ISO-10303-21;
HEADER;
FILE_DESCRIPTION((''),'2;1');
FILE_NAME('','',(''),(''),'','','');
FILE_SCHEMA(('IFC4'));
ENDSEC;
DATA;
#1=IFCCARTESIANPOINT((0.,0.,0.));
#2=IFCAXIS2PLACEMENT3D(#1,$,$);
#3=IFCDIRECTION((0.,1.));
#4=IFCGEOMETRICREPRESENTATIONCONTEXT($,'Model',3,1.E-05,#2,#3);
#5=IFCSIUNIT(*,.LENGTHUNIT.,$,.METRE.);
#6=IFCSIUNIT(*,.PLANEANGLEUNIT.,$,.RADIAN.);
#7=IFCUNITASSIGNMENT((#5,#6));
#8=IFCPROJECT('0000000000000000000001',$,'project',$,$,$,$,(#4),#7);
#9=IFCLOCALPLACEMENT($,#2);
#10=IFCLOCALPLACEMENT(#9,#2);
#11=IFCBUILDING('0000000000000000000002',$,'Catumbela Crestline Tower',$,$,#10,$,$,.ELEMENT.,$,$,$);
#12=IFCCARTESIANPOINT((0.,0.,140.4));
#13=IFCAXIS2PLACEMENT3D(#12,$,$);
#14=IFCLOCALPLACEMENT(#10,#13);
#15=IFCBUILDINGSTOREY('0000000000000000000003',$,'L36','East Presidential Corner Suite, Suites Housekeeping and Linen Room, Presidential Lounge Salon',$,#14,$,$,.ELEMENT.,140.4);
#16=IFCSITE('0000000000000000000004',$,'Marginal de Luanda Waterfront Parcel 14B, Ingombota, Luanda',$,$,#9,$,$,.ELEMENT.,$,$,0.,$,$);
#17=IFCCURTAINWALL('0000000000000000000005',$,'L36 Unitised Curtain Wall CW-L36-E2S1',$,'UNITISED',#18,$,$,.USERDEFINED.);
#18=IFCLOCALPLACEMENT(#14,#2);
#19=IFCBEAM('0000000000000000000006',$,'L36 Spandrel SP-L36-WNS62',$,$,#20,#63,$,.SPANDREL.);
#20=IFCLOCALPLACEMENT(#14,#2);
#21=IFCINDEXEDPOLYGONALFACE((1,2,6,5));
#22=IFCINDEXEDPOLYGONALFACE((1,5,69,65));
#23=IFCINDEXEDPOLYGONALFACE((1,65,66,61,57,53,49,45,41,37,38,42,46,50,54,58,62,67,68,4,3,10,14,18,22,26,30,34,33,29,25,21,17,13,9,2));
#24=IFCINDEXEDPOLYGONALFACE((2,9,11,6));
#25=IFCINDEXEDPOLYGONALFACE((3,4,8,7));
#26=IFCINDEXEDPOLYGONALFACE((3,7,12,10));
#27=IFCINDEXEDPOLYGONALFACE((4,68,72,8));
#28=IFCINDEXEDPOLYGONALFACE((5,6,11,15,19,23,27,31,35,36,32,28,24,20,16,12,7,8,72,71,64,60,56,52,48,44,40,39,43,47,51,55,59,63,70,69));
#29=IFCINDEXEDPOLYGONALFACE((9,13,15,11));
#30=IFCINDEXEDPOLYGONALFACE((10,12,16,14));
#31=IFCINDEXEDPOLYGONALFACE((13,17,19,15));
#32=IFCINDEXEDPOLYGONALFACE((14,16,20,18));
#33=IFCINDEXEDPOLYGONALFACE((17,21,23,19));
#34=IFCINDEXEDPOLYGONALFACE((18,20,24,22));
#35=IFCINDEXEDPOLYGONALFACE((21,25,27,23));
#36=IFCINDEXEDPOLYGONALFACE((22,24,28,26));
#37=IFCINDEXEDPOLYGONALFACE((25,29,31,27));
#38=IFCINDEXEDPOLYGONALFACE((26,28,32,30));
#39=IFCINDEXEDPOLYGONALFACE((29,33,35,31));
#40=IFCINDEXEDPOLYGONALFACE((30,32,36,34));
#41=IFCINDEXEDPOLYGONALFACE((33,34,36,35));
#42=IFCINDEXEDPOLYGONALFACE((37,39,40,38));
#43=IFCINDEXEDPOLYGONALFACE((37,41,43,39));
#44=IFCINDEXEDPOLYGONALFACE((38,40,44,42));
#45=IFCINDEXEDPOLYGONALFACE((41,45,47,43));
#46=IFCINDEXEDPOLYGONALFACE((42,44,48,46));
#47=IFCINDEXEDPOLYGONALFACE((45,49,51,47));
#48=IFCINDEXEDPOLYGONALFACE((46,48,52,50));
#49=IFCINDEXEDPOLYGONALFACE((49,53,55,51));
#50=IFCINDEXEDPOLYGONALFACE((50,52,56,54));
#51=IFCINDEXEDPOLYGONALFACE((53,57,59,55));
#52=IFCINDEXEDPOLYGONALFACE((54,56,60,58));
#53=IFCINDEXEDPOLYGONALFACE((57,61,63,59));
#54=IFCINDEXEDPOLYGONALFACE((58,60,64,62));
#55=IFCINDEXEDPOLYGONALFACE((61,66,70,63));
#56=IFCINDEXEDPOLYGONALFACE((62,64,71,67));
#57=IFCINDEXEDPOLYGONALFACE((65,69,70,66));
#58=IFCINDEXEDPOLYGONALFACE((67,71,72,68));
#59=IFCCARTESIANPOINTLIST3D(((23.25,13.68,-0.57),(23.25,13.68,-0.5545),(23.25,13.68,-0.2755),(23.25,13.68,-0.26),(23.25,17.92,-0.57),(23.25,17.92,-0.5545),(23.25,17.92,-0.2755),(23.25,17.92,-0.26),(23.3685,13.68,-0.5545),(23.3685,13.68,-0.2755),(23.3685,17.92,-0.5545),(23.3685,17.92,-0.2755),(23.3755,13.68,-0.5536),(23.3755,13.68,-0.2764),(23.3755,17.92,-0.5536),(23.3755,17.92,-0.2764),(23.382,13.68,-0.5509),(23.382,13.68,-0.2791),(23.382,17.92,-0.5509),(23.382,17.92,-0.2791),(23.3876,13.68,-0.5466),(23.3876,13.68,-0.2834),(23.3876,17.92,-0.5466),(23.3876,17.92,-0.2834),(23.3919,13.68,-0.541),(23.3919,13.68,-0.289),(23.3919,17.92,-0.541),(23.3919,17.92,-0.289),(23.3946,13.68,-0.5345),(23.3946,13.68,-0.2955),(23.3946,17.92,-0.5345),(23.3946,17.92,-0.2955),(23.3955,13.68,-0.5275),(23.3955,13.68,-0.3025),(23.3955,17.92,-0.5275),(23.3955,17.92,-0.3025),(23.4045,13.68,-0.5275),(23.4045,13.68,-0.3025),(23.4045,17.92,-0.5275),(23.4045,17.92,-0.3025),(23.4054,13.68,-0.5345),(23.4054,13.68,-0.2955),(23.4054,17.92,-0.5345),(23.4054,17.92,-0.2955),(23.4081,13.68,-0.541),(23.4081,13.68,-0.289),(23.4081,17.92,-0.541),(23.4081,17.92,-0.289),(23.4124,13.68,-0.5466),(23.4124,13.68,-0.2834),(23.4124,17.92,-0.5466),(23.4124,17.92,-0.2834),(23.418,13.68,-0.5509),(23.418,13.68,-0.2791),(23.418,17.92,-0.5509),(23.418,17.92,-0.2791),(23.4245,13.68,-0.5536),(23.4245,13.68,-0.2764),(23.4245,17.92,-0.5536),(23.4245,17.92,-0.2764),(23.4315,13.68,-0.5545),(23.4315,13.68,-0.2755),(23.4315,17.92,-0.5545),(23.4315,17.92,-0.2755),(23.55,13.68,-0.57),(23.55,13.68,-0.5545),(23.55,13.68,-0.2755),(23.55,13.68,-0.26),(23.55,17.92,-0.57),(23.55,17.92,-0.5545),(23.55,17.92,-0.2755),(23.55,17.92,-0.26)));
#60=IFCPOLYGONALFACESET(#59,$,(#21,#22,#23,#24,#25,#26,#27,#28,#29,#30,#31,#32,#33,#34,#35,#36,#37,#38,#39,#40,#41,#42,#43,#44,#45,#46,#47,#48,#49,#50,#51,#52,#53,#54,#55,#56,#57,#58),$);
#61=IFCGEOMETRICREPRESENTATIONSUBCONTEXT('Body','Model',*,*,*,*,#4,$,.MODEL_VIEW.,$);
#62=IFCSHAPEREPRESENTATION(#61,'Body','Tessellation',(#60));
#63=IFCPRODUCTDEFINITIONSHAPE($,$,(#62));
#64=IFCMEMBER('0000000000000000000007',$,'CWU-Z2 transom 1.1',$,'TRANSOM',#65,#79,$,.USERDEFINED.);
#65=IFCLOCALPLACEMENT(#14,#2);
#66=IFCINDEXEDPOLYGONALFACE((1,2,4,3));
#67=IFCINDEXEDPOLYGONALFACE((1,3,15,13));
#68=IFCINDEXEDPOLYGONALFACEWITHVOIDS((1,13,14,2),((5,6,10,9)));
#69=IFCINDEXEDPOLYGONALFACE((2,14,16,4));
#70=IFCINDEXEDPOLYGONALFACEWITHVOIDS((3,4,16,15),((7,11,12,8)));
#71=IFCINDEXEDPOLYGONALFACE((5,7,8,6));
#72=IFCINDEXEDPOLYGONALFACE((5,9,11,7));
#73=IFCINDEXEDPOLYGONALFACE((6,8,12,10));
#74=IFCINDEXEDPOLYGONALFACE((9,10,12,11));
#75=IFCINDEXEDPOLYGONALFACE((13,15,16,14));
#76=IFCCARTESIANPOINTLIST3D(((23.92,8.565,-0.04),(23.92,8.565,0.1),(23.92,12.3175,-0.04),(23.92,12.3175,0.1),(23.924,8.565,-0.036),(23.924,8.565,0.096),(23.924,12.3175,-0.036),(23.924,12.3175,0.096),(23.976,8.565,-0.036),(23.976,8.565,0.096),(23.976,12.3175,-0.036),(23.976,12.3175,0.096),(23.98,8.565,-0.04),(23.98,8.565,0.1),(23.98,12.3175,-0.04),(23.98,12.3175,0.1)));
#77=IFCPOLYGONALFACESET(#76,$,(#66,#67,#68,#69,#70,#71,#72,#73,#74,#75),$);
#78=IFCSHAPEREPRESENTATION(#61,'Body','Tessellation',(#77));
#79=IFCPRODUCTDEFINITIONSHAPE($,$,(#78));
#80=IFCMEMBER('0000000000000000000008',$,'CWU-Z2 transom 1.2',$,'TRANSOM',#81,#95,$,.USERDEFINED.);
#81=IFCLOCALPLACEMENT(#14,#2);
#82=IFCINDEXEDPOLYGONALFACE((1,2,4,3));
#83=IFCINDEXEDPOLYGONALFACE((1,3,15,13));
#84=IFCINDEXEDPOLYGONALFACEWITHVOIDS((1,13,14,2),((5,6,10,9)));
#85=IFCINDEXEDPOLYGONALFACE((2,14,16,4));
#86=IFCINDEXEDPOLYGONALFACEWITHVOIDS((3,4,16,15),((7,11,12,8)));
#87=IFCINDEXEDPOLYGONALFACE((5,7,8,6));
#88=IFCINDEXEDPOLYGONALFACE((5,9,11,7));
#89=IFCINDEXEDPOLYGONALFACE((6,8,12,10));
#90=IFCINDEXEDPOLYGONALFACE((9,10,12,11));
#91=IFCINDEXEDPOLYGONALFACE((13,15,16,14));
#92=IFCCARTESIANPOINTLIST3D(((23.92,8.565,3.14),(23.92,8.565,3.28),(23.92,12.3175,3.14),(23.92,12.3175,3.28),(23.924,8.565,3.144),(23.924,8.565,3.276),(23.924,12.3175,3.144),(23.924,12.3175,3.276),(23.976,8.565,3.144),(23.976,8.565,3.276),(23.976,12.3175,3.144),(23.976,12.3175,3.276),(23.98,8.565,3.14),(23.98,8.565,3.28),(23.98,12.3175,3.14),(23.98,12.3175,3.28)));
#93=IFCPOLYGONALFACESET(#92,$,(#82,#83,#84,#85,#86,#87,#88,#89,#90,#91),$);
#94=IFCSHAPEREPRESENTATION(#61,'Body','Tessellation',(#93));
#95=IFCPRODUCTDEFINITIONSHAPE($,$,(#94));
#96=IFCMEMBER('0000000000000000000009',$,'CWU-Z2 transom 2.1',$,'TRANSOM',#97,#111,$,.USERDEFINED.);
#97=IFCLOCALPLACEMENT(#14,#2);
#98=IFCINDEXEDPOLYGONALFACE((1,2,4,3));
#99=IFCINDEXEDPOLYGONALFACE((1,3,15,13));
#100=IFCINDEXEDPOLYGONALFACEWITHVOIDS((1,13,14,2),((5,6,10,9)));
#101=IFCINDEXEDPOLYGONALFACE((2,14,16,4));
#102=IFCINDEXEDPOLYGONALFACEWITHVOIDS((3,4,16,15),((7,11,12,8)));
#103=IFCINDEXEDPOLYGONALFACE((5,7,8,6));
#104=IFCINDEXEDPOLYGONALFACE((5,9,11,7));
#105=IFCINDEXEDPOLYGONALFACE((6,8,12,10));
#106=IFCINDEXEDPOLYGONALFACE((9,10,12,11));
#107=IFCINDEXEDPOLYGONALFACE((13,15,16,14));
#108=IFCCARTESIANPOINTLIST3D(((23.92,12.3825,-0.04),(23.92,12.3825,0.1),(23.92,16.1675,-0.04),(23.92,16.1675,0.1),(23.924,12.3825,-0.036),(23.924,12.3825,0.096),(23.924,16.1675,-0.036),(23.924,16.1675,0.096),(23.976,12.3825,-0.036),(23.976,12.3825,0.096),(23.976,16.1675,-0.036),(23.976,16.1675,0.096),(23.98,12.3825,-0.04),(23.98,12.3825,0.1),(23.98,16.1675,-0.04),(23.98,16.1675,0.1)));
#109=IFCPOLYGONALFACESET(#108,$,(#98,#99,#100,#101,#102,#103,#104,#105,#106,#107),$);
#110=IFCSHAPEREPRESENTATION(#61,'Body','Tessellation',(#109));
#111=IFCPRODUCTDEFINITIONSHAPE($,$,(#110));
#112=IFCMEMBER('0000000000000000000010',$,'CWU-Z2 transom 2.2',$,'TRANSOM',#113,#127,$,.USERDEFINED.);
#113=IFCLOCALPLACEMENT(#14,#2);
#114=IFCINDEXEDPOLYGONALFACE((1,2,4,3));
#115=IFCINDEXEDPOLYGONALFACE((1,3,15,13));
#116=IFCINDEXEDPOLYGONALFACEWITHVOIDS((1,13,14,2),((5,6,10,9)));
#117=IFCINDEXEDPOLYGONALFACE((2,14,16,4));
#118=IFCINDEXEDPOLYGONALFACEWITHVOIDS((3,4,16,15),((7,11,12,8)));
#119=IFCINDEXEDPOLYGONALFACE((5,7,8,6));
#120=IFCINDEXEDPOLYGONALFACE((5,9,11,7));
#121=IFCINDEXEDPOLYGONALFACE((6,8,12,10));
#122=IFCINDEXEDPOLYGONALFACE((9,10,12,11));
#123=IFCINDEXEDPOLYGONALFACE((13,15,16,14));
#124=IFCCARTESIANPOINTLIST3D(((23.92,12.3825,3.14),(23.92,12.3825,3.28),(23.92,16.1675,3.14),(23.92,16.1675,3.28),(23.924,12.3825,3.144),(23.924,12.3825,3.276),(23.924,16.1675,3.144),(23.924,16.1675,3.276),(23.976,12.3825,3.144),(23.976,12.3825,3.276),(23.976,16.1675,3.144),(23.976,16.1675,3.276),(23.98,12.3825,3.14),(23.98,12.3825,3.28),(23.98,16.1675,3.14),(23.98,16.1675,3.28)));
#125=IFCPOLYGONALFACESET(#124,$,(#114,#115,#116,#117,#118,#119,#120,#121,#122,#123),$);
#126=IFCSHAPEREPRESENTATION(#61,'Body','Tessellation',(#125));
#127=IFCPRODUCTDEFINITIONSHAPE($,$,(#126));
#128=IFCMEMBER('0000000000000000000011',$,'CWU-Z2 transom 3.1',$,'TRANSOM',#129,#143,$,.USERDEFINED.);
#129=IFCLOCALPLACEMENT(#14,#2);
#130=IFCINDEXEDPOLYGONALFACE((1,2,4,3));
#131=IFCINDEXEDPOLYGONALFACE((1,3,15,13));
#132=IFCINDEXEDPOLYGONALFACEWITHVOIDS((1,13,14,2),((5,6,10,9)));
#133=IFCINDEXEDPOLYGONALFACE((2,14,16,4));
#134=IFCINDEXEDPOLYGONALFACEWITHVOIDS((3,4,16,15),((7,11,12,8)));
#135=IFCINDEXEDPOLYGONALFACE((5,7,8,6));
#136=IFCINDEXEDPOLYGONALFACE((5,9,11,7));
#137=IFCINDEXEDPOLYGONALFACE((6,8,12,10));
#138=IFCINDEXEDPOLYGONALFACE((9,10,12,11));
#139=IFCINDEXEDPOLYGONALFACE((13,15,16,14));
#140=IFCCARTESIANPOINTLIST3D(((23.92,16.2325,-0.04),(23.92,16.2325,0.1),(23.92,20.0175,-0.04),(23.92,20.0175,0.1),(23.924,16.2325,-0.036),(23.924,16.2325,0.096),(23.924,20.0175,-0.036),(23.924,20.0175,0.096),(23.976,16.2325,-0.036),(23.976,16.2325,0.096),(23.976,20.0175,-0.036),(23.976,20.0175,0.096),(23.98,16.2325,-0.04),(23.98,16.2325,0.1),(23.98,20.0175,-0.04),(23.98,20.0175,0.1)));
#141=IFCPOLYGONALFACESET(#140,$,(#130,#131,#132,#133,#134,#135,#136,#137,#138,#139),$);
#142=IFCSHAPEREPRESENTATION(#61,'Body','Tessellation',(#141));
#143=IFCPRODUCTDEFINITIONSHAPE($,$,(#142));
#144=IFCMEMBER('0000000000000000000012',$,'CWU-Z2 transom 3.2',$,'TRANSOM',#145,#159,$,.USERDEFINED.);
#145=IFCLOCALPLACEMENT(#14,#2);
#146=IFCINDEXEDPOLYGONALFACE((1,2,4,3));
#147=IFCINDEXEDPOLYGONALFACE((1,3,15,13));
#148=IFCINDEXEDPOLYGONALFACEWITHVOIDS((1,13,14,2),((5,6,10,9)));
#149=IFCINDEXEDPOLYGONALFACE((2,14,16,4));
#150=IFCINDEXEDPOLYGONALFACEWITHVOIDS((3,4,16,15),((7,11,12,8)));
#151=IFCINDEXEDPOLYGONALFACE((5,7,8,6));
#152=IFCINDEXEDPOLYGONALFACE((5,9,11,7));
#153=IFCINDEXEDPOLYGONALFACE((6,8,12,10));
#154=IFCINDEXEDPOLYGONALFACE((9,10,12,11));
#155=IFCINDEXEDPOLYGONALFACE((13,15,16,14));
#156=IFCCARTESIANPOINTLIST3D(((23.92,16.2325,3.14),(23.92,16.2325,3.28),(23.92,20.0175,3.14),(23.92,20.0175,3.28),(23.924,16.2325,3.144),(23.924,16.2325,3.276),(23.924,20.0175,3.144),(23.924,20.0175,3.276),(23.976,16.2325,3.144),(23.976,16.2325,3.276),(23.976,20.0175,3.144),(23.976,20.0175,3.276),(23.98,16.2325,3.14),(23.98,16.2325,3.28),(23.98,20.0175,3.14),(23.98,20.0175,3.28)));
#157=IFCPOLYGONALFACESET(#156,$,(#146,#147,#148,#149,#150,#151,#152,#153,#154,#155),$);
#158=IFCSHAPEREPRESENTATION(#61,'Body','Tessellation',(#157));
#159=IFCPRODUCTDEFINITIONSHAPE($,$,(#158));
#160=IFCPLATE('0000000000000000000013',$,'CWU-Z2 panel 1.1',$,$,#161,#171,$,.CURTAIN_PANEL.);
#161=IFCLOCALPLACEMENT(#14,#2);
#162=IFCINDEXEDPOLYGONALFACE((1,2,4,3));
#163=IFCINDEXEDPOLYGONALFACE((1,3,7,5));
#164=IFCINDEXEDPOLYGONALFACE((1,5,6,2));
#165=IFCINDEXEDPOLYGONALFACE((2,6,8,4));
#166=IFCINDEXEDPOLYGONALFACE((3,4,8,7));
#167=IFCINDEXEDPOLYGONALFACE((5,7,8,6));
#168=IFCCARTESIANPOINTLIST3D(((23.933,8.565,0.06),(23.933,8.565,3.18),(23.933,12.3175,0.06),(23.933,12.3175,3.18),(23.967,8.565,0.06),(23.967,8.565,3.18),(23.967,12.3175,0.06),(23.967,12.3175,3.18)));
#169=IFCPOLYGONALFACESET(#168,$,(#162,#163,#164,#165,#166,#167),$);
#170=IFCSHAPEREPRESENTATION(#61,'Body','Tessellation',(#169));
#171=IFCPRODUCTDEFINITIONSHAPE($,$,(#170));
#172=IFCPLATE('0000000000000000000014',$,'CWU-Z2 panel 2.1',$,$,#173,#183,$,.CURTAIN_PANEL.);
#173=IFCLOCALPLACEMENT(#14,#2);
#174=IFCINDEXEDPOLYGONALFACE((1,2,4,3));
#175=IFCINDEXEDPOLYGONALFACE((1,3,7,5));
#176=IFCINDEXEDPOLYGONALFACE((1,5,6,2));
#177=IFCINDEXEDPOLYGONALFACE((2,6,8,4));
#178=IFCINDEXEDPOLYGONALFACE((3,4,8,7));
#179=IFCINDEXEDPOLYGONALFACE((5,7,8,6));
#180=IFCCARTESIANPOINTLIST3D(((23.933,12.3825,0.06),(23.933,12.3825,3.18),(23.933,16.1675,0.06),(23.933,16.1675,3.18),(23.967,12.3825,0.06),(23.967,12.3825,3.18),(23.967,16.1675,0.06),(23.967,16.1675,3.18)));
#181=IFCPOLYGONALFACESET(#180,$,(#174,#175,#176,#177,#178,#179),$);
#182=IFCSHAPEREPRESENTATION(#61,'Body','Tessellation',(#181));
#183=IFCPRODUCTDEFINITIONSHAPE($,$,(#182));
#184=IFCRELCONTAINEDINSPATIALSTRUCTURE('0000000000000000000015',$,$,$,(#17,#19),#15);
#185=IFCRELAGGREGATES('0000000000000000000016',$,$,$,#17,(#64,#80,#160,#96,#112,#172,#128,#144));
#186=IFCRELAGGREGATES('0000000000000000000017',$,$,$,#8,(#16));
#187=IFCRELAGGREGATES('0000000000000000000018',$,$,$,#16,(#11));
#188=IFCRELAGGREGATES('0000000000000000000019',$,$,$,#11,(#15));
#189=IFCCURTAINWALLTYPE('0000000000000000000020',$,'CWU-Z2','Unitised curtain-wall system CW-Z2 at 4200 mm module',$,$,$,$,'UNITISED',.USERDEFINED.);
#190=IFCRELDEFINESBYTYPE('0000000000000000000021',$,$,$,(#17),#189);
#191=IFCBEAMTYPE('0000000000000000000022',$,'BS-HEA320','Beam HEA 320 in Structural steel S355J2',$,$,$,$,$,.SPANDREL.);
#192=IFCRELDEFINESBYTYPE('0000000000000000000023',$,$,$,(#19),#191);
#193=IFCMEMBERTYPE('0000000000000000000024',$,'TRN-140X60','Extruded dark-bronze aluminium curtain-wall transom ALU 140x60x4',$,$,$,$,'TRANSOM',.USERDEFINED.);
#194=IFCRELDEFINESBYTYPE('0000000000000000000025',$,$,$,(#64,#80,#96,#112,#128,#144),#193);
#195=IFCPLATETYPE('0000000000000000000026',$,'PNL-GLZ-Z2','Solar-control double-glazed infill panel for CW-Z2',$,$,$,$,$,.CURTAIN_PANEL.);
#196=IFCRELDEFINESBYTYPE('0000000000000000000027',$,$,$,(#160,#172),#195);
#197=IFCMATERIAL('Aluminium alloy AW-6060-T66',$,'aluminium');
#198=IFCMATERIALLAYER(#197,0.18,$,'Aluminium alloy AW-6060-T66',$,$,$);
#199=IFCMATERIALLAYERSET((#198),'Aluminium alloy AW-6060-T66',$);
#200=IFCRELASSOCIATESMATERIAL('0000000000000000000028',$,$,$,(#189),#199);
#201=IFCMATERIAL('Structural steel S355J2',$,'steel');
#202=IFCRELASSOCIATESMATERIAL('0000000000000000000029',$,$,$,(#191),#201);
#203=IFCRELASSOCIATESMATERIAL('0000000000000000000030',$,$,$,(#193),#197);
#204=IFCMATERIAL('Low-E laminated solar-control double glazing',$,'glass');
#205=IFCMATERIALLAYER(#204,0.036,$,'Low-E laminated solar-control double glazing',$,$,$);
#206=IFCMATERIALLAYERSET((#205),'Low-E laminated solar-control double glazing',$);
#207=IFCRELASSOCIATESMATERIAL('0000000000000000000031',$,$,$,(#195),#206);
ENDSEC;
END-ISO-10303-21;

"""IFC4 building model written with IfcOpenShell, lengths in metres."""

from ifc_helpers import new_model, si_unit, direction, frame, origin, origin_2d, place, context, subcontext, project, spatial, rectangle, hollow_rectangle, i_section, extrude, material, layer, layer_set, material_profile, profile_set, type_object, element, aggregate, save


model = new_model("IFC4")

# Units and contexts
model_context = context("Model", 3, precision=1e-05, world=origin(), true_north=direction((0.0, 1.0)))
body_context = subcontext(model_context, "Body", "Model", "MODEL_VIEW")
ifc_project = project(units=[si_unit("LENGTHUNIT", "METRE"), si_unit("PLANEANGLEUNIT", "RADIAN")], contexts=[model_context])

# Site, building, storey
site_placement = place(None, origin())
site = spatial("IfcSite", under=ifc_project, at=site_placement, Name="Marginal de Luanda Waterfront Parcel 14B, Ingombota, Luanda", CompositionType="ELEMENT", RefElevation=0.0)
building_placement = place(site_placement, origin())
building = spatial("IfcBuilding", under=site, at=building_placement, Name="Catumbela Crestline Tower", CompositionType="ELEMENT")
storey_placement = place(building_placement, frame((0.0, 0.0, 140.4)))
storey = spatial("IfcBuildingStorey", under=building, at=storey_placement, Name="L36", Description="East Presidential Corner Suite, Suites Housekeeping and Linen Room, Presidential Lounge Salon", CompositionType="ELEMENT", Elevation=140.4)

# Shared definitions
ifc_material_1 = material(Name="Structural steel S355J2", Category="steel")

# Shared definitions
ifc_material_2 = material(Name="Aluminium alloy AW-6060-T66", Category="aluminium")
ifc_layer_1 = layer(ifc_material_2, 0.18, Name="Aluminium alloy AW-6060-T66")
ifc_layer_set_1 = layer_set([ifc_layer_1], Name="Aluminium alloy AW-6060-T66")
curtain_wall_type = type_object("IfcCurtainWallType", Name="CWU-Z2", Description="Unitised curtain-wall system CW-Z2 at 4200 mm module", ElementType="UNITISED", PredefinedType="USERDEFINED", material=ifc_layer_set_1)

# Curtain wall
curtain_wall_1_placement = place(storey_placement, origin())
curtain_wall_1 = element("IfcCurtainWall", 1, at=curtain_wall_1_placement, inside=storey, type_object=curtain_wall_type, Name="L36 Unitised Curtain Wall CW-L36-E2S1", ObjectType="UNITISED", PredefinedType="USERDEFINED")

# Beam
ifc_material_profile_1 = material_profile(ifc_material_1, i_section(OverallWidth=0.3, OverallDepth=0.31, WebThickness=0.009, FlangeThickness=0.0155, FilletRadius=0.027, at=origin_2d()), Name="HEA 320")
ifc_profile_set_1 = profile_set([ifc_material_profile_1], Name="Structural steel S355J2")
beam_type_1 = type_object("IfcBeamType", Name="BS-HEA320", Description="Beam HEA 320 in Structural steel S355J2", PredefinedType="SPANDREL", material=ifc_profile_set_1)
beam_1_placement = place(storey_placement, frame((23.4, 13.68, -0.415), z_axis=(0.0, 1.0, 0.0), x_axis=(-1.0, 0.0, 0.0)))
element("IfcBeam", 2, at=beam_1_placement, inside=storey, type_object=beam_type_1, Name="L36 Spandrel SP-L36-WNS62", PredefinedType="SPANDREL", context=body_context, shape_type="SweptSolid", body=[
    extrude(i_section(OverallWidth=0.3, OverallDepth=0.31, WebThickness=0.009, FlangeThickness=0.0155, FilletRadius=0.027, at=origin_2d()), origin(), (0.0, 0.0, 1.0), 4.24),
])

# Members
ifc_material_profile_2 = material_profile(ifc_material_2, hollow_rectangle(XDim=0.06, YDim=0.14, WallThickness=0.004, at=origin_2d()), Name="ALU 140x60x4")
ifc_profile_set_2 = profile_set([ifc_material_profile_2], Name="Aluminium alloy AW-6060-T66")
member_type_1 = type_object("IfcMemberType", Name="TRN-140X60", Description="Extruded dark-bronze aluminium curtain-wall transom ALU 140x60x4", ElementType="TRANSOM", PredefinedType="USERDEFINED", material=ifc_profile_set_2)
member_1_placement = place(storey_placement, frame((23.95, 8.565, 0.03), z_axis=(0.0, 1.0, 0.0), x_axis=(-1.0, 0.0, 0.0)))
member_1 = element("IfcMember", 3, at=member_1_placement, type_object=member_type_1, Name="CWU-Z2 transom 1.1", ObjectType="TRANSOM", PredefinedType="USERDEFINED", context=body_context, shape_type="SweptSolid", body=[
    extrude(hollow_rectangle(XDim=0.06, YDim=0.14, WallThickness=0.004, at=origin_2d()), origin(), (0.0, 0.0, 1.0), 3.7525),
])
member_2_placement = place(storey_placement, frame((23.95, 8.565, 3.21), z_axis=(0.0, 1.0, 0.0), x_axis=(-1.0, 0.0, 0.0)))
member_2 = element("IfcMember", 4, at=member_2_placement, type_object=member_type_1, Name="CWU-Z2 transom 1.2", ObjectType="TRANSOM", PredefinedType="USERDEFINED", context=body_context, shape_type="SweptSolid", body=[
    extrude(hollow_rectangle(XDim=0.06, YDim=0.14, WallThickness=0.004, at=origin_2d()), origin(), (0.0, 0.0, 1.0), 3.7525),
])
member_3_placement = place(storey_placement, frame((23.95, 12.3825, 0.03), z_axis=(0.0, 1.0, 0.0), x_axis=(-1.0, 0.0, 0.0)))
member_3 = element("IfcMember", 5, at=member_3_placement, type_object=member_type_1, Name="CWU-Z2 transom 2.1", ObjectType="TRANSOM", PredefinedType="USERDEFINED", context=body_context, shape_type="SweptSolid", body=[
    extrude(hollow_rectangle(XDim=0.06, YDim=0.14, WallThickness=0.004, at=origin_2d()), origin(), (0.0, 0.0, 1.0), 3.785),
])
member_4_placement = place(storey_placement, frame((23.95, 12.3825, 3.21), z_axis=(0.0, 1.0, 0.0), x_axis=(-1.0, 0.0, 0.0)))
member_4 = element("IfcMember", 6, at=member_4_placement, type_object=member_type_1, Name="CWU-Z2 transom 2.2", ObjectType="TRANSOM", PredefinedType="USERDEFINED", context=body_context, shape_type="SweptSolid", body=[
    extrude(hollow_rectangle(XDim=0.06, YDim=0.14, WallThickness=0.004, at=origin_2d()), origin(), (0.0, 0.0, 1.0), 3.785),
])
member_5_placement = place(storey_placement, frame((23.95, 16.2325, 0.03), z_axis=(0.0, 1.0, 0.0), x_axis=(-1.0, 0.0, 0.0)))
member_5 = element("IfcMember", 7, at=member_5_placement, type_object=member_type_1, Name="CWU-Z2 transom 3.1", ObjectType="TRANSOM", PredefinedType="USERDEFINED", context=body_context, shape_type="SweptSolid", body=[
    extrude(hollow_rectangle(XDim=0.06, YDim=0.14, WallThickness=0.004, at=origin_2d()), origin(), (0.0, 0.0, 1.0), 3.785),
])
member_6_placement = place(storey_placement, frame((23.95, 16.2325, 3.21), z_axis=(0.0, 1.0, 0.0), x_axis=(-1.0, 0.0, 0.0)))
member_6 = element("IfcMember", 8, at=member_6_placement, type_object=member_type_1, Name="CWU-Z2 transom 3.2", ObjectType="TRANSOM", PredefinedType="USERDEFINED", context=body_context, shape_type="SweptSolid", body=[
    extrude(hollow_rectangle(XDim=0.06, YDim=0.14, WallThickness=0.004, at=origin_2d()), origin(), (0.0, 0.0, 1.0), 3.785),
])

# Plates
ifc_material_3 = material(Name="Low-E laminated solar-control double glazing", Category="glass")
ifc_layer_2 = layer(ifc_material_3, 0.036, Name="Low-E laminated solar-control double glazing")
ifc_layer_set_2 = layer_set([ifc_layer_2], Name="Low-E laminated solar-control double glazing")
plate_type = type_object("IfcPlateType", Name="PNL-GLZ-Z2", Description="Solar-control double-glazed infill panel for CW-Z2", PredefinedType="CURTAIN_PANEL", material=ifc_layer_set_2)
plate_1_placement = place(storey_placement, frame((23.95, 10.4412, 0.06), z_axis=(0.0, 0.0, 1.0), x_axis=(0.0, 1.0, 0.0)))
plate_1 = element("IfcPlate", 9, at=plate_1_placement, type_object=plate_type, Name="CWU-Z2 panel 1.1", PredefinedType="CURTAIN_PANEL", context=body_context, shape_type="SweptSolid", body=[
    extrude(rectangle(XDim=3.7525, YDim=0.034, at=origin_2d()), origin(), (0.0, 0.0, 1.0), 3.12),
])
plate_2_placement = place(storey_placement, frame((23.95, 14.275, 0.06), z_axis=(0.0, 0.0, 1.0), x_axis=(0.0, 1.0, 0.0)))
plate_2 = element("IfcPlate", 10, at=plate_2_placement, type_object=plate_type, Name="CWU-Z2 panel 2.1", PredefinedType="CURTAIN_PANEL", context=body_context, shape_type="SweptSolid", body=[
    extrude(rectangle(XDim=3.785, YDim=0.034, at=origin_2d()), origin(), (0.0, 0.0, 1.0), 3.12),
])
aggregate(curtain_wall_1, [member_1, member_2, plate_1, member_3, member_4, plate_2, member_5, member_6])

save(model, "model.ifc")
